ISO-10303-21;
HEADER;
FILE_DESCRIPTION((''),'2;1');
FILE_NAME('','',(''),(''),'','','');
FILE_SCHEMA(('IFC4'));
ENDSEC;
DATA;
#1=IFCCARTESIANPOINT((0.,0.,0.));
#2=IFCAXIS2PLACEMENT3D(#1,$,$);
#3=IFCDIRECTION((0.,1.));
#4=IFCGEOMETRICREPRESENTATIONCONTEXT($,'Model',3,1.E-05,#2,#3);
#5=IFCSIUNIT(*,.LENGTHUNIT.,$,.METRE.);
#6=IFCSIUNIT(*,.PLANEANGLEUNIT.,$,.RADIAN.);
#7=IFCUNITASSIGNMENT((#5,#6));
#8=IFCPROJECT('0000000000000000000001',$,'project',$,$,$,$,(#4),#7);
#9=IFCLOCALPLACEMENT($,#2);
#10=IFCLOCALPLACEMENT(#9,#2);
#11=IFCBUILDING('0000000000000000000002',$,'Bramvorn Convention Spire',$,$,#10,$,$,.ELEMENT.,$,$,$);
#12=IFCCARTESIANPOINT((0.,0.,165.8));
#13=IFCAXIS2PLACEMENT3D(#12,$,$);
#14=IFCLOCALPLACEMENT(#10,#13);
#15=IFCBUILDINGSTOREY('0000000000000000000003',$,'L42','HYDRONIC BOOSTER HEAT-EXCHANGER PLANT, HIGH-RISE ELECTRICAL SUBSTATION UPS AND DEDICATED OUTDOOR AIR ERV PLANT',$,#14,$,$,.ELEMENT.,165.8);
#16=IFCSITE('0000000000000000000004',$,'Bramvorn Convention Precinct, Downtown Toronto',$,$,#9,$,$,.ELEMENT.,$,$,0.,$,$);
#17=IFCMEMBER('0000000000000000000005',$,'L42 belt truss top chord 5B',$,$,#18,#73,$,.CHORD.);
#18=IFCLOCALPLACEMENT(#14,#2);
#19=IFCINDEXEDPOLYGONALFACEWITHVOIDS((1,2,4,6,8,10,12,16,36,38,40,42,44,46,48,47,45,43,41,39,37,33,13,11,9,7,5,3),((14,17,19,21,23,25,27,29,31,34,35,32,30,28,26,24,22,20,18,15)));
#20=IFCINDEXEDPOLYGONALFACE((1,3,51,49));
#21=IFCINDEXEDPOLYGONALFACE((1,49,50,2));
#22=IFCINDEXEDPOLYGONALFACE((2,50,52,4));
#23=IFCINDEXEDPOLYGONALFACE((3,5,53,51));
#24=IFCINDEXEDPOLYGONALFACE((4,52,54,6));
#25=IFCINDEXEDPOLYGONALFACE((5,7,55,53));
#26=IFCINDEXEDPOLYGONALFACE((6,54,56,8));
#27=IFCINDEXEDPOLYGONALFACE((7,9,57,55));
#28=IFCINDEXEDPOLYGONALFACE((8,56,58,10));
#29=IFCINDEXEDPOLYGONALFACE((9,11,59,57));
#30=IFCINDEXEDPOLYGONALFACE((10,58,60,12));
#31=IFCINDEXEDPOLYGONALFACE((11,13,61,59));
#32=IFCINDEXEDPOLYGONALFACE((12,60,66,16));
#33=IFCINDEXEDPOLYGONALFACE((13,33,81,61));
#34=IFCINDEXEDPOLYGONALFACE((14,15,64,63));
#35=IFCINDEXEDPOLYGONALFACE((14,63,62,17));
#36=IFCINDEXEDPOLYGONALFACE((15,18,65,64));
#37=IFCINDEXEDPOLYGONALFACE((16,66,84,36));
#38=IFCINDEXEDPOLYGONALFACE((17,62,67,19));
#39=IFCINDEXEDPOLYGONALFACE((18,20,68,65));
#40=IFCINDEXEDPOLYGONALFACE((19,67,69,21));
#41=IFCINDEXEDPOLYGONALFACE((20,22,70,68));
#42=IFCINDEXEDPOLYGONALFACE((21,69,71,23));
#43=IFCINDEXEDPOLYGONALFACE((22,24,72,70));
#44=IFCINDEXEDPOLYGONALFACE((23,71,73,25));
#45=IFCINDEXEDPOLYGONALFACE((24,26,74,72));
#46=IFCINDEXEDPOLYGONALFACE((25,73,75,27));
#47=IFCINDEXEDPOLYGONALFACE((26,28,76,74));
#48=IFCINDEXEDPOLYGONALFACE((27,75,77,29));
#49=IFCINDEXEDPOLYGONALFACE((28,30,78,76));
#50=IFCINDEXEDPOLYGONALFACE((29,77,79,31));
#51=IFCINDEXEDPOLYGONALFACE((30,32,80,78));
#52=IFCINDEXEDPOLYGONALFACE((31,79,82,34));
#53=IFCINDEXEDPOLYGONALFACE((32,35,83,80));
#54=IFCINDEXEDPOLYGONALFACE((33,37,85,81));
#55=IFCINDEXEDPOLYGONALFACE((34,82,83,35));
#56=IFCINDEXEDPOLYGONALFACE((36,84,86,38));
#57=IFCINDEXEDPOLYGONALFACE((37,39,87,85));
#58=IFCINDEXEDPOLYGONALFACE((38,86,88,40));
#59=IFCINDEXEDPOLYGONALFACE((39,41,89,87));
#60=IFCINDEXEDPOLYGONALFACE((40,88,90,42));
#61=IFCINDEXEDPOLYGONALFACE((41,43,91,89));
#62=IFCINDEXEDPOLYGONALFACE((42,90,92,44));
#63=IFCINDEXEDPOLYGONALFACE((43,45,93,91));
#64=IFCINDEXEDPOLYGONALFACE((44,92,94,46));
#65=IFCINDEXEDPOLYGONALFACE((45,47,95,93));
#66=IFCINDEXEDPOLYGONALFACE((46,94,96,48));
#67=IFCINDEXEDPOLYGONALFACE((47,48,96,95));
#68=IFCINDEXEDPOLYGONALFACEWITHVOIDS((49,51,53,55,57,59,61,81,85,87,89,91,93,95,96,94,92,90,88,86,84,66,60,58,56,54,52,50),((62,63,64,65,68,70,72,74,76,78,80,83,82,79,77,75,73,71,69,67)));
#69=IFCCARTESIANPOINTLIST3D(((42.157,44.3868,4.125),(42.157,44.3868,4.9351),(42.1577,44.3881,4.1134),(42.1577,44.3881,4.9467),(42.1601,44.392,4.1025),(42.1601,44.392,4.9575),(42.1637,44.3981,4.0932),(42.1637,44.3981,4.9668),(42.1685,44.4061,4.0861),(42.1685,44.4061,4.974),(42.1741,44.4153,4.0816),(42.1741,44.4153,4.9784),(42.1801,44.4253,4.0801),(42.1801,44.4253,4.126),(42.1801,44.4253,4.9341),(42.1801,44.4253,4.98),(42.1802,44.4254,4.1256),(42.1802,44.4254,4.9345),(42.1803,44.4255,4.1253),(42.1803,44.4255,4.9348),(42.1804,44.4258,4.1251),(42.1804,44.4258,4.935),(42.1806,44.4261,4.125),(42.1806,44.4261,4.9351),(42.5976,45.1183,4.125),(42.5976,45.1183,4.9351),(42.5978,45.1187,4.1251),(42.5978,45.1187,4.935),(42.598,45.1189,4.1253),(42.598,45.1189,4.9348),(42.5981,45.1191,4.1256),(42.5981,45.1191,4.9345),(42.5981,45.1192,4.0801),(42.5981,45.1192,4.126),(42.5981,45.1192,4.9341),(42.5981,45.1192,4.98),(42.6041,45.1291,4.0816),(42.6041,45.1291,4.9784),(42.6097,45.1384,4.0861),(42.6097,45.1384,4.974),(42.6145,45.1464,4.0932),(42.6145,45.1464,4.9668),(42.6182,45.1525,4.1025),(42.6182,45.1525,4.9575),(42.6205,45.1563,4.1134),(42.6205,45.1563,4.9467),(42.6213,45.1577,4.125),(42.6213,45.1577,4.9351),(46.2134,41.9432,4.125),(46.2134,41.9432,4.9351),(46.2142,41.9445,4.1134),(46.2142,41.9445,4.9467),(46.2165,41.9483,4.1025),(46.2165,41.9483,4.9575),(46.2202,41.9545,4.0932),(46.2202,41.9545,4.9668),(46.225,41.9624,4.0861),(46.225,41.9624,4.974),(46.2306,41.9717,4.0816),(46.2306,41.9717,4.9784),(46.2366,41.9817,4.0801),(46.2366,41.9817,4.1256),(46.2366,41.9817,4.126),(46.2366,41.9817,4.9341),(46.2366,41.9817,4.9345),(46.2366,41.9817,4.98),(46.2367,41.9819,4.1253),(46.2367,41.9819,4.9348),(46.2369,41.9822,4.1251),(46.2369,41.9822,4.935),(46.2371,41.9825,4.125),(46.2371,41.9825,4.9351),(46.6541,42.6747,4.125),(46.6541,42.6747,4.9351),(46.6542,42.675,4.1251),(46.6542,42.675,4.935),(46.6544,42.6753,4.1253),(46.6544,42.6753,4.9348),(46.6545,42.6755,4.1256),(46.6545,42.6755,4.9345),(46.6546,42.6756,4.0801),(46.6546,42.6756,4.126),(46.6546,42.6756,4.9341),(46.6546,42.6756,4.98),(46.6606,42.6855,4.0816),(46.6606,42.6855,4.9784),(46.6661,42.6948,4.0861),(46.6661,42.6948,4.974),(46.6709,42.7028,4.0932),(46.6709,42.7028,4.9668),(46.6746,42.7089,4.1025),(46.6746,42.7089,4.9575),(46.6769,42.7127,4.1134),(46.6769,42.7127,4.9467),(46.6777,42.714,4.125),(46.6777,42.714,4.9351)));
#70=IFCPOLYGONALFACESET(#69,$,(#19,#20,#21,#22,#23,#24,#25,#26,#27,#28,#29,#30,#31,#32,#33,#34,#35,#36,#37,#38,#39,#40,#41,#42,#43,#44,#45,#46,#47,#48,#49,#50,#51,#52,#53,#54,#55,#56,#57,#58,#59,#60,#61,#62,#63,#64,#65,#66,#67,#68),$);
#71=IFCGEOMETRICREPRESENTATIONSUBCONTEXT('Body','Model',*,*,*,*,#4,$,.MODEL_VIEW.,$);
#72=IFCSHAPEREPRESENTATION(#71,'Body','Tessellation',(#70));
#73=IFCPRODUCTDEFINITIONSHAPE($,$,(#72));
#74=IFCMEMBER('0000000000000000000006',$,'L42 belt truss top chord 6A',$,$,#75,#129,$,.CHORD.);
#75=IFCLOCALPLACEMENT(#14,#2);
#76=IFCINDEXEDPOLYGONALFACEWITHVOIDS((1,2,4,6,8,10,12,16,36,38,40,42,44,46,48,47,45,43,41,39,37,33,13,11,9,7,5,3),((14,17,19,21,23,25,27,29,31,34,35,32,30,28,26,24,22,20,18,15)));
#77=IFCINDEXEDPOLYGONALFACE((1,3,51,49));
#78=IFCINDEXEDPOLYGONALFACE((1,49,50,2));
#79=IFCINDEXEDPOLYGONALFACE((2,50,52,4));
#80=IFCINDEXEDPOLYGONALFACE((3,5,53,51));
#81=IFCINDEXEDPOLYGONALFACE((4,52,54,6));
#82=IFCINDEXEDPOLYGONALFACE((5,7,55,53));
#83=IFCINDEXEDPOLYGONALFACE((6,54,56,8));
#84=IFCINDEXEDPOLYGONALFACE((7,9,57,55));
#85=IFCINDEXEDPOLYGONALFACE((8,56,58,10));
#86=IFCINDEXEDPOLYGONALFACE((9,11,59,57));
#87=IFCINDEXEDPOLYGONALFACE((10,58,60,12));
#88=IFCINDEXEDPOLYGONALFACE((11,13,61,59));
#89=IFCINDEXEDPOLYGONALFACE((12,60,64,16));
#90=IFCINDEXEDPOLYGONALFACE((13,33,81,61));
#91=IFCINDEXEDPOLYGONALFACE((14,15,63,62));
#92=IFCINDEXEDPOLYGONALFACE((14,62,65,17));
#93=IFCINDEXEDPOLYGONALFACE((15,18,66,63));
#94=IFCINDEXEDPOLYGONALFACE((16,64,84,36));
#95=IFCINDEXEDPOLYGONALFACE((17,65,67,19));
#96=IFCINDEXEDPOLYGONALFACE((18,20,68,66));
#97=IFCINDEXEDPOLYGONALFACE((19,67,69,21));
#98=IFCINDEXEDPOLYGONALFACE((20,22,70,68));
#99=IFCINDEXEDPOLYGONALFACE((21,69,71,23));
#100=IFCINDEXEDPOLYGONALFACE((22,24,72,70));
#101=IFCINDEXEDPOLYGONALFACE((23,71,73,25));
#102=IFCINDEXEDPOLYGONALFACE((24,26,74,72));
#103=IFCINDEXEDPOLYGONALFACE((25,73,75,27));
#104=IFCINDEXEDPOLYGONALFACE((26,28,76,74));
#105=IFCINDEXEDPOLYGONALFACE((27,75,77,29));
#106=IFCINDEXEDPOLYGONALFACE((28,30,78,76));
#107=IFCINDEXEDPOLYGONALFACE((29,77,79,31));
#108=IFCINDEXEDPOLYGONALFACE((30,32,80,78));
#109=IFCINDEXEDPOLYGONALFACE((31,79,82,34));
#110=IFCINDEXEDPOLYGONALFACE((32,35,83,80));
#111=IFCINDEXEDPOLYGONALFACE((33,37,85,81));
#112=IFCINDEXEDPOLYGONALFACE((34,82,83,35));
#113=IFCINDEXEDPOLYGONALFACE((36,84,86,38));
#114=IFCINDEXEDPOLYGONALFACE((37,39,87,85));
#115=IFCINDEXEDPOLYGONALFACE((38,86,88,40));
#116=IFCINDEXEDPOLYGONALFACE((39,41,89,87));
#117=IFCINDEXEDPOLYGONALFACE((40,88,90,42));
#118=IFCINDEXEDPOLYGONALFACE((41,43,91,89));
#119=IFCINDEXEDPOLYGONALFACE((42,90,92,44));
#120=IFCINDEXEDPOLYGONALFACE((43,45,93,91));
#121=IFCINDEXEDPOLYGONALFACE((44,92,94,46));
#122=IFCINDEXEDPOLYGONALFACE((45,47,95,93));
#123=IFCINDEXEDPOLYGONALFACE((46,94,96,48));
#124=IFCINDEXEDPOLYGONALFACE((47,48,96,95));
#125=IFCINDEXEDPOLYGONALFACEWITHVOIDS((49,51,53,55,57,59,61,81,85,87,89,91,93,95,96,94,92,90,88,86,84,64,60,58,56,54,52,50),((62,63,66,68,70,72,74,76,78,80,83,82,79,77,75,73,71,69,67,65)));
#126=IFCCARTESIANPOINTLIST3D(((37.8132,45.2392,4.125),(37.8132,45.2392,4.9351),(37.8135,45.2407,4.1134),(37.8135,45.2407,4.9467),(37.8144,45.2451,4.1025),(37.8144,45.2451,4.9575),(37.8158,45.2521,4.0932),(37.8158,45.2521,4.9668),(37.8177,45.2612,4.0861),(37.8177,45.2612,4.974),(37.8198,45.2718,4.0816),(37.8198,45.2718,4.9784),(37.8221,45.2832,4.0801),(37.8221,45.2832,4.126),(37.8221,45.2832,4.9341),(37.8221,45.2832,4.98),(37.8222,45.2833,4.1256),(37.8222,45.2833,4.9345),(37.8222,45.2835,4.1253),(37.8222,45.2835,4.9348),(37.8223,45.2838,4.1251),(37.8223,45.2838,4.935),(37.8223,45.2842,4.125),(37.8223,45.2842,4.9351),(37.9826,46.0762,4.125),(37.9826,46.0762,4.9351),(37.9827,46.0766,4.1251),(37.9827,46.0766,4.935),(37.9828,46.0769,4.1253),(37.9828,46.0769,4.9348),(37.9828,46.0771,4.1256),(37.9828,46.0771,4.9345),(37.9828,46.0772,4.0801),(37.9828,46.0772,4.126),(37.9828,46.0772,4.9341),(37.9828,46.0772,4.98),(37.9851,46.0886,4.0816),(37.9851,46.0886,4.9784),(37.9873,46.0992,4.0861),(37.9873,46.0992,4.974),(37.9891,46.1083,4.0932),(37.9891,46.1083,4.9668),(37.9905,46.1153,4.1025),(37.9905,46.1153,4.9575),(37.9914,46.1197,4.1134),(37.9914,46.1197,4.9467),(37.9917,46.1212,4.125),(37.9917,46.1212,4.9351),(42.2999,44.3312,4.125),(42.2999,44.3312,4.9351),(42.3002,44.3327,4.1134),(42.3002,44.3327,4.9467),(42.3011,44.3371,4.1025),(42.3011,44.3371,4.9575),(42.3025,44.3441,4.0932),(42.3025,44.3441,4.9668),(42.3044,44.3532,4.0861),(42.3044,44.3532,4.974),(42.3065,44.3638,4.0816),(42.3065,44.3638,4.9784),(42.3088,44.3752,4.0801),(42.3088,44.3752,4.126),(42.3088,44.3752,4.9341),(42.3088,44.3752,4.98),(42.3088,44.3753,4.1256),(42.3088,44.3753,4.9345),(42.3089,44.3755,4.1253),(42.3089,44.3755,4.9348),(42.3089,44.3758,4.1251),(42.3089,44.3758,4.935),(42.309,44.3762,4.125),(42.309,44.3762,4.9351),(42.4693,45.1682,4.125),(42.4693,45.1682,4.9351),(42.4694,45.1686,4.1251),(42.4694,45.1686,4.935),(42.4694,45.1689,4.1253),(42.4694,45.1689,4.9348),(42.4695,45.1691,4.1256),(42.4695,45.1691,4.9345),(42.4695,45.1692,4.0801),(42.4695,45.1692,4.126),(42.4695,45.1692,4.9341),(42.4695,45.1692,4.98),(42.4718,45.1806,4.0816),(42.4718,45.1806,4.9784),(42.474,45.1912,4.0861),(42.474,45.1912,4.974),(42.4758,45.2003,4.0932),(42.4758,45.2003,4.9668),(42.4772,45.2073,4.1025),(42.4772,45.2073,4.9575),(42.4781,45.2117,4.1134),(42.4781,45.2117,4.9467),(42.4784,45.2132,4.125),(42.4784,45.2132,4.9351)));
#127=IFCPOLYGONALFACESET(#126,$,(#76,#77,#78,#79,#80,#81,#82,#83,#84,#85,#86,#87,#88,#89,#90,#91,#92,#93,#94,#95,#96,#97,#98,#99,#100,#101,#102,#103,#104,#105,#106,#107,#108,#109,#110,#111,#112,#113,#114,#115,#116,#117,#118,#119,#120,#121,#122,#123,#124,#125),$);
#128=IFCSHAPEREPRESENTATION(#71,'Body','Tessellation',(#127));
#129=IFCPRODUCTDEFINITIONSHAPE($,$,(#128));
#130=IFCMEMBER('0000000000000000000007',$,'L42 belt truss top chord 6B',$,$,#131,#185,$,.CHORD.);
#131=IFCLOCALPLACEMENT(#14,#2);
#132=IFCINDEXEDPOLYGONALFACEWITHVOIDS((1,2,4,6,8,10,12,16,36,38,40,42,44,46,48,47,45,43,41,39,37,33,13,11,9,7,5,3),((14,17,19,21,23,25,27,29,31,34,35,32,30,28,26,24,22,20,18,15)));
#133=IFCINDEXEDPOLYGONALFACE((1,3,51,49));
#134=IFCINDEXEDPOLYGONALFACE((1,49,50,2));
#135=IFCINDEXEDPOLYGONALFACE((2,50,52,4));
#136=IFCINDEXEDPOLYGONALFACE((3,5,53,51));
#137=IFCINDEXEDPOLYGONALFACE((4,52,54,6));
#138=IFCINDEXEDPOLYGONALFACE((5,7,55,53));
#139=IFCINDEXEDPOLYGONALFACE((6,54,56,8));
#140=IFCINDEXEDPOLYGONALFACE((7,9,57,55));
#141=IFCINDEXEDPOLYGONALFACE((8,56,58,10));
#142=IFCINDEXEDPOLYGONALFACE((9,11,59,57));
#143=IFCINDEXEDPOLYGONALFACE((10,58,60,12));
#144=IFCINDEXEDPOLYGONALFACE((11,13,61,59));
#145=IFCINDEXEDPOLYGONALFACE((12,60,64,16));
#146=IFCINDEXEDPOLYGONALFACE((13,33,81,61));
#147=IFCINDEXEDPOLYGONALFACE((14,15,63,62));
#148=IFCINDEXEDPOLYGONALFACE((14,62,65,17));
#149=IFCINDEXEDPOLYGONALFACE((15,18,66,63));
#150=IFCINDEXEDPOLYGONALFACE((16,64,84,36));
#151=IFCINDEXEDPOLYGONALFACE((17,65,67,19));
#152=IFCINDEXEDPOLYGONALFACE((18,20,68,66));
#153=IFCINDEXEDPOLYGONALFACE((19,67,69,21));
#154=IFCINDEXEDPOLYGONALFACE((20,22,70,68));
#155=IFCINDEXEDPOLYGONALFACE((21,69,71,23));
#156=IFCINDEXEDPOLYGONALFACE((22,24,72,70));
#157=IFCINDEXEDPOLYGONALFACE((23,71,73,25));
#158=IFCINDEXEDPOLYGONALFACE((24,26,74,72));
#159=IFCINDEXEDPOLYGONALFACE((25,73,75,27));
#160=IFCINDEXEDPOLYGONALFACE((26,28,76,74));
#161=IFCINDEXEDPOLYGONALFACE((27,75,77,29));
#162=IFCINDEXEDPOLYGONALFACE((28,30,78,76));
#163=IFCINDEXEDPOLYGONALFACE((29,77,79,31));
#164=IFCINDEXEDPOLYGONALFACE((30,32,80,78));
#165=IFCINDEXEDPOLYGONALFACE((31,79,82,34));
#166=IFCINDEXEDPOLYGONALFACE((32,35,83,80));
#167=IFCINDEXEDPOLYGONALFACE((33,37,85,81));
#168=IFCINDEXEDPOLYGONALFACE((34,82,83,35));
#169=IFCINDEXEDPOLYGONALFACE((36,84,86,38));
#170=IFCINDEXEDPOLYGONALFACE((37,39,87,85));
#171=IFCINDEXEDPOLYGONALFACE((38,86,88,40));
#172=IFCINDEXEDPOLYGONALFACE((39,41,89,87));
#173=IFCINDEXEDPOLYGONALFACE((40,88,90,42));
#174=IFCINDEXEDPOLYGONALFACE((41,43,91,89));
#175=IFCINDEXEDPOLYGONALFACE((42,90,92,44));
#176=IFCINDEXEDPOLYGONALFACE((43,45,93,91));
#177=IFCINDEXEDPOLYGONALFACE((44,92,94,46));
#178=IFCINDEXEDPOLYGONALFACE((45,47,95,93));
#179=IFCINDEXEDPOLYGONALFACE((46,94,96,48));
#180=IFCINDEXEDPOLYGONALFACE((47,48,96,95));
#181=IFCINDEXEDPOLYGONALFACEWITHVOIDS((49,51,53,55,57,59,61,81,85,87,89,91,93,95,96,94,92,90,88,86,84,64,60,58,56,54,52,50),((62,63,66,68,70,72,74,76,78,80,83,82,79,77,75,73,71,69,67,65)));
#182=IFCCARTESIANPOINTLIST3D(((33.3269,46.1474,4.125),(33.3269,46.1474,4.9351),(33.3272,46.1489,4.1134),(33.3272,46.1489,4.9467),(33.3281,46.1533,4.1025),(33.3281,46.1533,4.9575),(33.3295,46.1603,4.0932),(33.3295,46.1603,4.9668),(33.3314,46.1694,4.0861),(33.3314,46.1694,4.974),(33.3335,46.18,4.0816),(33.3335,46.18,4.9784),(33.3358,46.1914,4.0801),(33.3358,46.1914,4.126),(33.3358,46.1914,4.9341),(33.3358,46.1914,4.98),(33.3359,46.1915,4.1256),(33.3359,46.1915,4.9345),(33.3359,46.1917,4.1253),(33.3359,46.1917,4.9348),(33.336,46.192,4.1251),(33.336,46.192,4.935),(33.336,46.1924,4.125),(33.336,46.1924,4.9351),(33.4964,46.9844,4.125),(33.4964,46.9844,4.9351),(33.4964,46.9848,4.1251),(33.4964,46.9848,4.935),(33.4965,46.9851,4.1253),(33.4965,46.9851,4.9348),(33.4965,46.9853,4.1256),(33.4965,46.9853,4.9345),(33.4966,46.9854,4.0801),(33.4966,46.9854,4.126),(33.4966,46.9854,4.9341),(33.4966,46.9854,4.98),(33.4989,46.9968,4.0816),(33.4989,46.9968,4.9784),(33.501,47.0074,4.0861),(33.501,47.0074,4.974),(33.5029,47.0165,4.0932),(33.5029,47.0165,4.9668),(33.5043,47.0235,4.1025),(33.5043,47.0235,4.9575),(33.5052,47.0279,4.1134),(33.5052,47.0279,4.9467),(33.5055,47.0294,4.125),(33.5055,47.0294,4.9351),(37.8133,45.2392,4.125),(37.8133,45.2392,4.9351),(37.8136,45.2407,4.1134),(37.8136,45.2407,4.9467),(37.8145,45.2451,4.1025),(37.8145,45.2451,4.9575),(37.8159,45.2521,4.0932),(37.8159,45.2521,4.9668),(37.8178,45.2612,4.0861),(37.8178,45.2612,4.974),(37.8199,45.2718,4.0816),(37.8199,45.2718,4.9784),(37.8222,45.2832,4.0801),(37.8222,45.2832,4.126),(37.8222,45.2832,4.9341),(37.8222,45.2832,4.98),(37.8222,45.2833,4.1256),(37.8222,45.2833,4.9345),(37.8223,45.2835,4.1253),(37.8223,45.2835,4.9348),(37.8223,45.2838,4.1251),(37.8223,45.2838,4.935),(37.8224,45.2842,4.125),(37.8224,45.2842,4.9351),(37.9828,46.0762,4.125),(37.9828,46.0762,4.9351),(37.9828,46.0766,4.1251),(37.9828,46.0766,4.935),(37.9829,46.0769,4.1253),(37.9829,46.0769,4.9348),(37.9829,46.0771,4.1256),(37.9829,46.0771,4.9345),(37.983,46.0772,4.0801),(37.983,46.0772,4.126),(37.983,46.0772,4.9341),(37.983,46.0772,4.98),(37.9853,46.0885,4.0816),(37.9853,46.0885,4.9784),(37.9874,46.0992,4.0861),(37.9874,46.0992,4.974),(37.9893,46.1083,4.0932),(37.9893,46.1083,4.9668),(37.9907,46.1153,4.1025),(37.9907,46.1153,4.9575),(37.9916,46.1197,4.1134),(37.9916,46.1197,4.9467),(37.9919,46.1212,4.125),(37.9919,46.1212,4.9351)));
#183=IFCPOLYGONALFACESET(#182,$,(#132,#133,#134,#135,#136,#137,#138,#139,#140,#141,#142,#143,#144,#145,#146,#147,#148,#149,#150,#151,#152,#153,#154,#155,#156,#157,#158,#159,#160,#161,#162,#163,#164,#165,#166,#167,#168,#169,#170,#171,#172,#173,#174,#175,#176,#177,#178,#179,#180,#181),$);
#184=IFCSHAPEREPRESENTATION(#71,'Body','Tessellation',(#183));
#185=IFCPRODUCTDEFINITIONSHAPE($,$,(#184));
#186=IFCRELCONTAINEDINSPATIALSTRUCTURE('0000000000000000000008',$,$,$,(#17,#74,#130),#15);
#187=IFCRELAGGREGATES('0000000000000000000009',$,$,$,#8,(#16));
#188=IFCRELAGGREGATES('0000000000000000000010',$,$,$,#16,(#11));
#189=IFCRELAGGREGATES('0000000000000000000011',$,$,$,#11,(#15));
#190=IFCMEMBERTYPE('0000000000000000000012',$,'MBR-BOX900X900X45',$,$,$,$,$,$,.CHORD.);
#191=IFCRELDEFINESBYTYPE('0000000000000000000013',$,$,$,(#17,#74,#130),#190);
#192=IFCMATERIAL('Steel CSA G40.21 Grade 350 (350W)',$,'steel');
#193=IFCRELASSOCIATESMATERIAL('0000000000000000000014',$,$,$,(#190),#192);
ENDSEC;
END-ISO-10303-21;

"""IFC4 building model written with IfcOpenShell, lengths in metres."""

from ifc_helpers import new_model, si_unit, direction, frame, origin, origin_2d, place, context, subcontext, project, spatial, hollow_rectangle, extrude, material, material_profile, profile_set, type_object, element, save


model = new_model("IFC4")

# Units and contexts
model_context = context("Model", 3, precision=1e-05, world=origin(), true_north=direction((0.0, 1.0)))
body_context = subcontext(model_context, "Body", "Model", "MODEL_VIEW")
ifc_project = project(units=[si_unit("LENGTHUNIT", "METRE"), si_unit("PLANEANGLEUNIT", "RADIAN")], contexts=[model_context])

# Site, building, storey
site_placement = place(None, origin())
site = spatial("IfcSite", under=ifc_project, at=site_placement, Name="Bramvorn Convention Precinct, Downtown Toronto", CompositionType="ELEMENT", RefElevation=0.0)
building_placement = place(site_placement, origin())
building = spatial("IfcBuilding", under=site, at=building_placement, Name="Bramvorn Convention Spire", CompositionType="ELEMENT")
storey_placement = place(building_placement, frame((0.0, 0.0, 165.8)))
storey = spatial("IfcBuildingStorey", under=building, at=storey_placement, Name="L42", Description="HYDRONIC BOOSTER HEAT-EXCHANGER PLANT, HIGH-RISE ELECTRICAL SUBSTATION UPS AND DEDICATED OUTDOOR AIR ERV PLANT", CompositionType="ELEMENT", Elevation=165.8)

# Shared definitions
ifc_material_1 = material(Name="Steel CSA G40.21 Grade 350 (350W)", Category="steel")

# Members
ifc_material_profile_1 = material_profile(ifc_material_1, hollow_rectangle(XDim=0.8999, YDim=0.8999, WallThickness=0.0449, InnerFilletRadius=0.001, OuterFilletRadius=0.0449, at=origin_2d()))
ifc_profile_set_1 = profile_set([ifc_material_profile_1], Name="Steel CSA G40.21 Grade 350 (350W) - BOX900X900X45")
member_type_1 = type_object("IfcMemberType", Name="MBR-BOX900X900X45", PredefinedType="CHORD", material=ifc_profile_set_1)
member_1_placement = place(storey_placement, frame((46.4456, 42.3286, 4.53), z_axis=(-0.856582, 0.516011, 0.0), x_axis=(-0.516011, -0.856582, 0.0)))
element("IfcMember", 1, at=member_1_placement, inside=storey, type_object=member_type_1, Name="L42 belt truss top chord 5B", PredefinedType="CHORD", context=body_context, shape_type="SweptSolid", body=[
    extrude(hollow_rectangle(XDim=0.8999, YDim=0.8999, WallThickness=0.0449, InnerFilletRadius=0.001, OuterFilletRadius=0.0449, at=origin_2d()), origin(), (0.0, 0.0, 1.0), 4.7356),
])
member_2_placement = place(storey_placement, frame((42.3892, 44.7722, 4.53), z_axis=(-0.980131, 0.198352, 0.0), x_axis=(-0.198352, -0.980131, 0.0)))
element("IfcMember", 2, at=member_2_placement, inside=storey, type_object=member_type_1, Name="L42 belt truss top chord 6A", PredefinedType="CHORD", context=body_context, shape_type="SweptSolid", body=[
    extrude(hollow_rectangle(XDim=0.8999, YDim=0.8999, WallThickness=0.0449, InnerFilletRadius=0.001, OuterFilletRadius=0.0449, at=origin_2d()), origin(), (0.0, 0.0, 1.0), 4.5776),
])
member_3_placement = place(storey_placement, frame((37.9026, 45.6802, 4.53), z_axis=(-0.980118, 0.198413, 0.0), x_axis=(-0.198413, -0.980118, 0.0)))
element("IfcMember", 3, at=member_3_placement, inside=storey, type_object=member_type_1, Name="L42 belt truss top chord 6B", PredefinedType="CHORD", context=body_context, shape_type="SweptSolid", body=[
    extrude(hollow_rectangle(XDim=0.8999, YDim=0.8999, WallThickness=0.0449, InnerFilletRadius=0.001, OuterFilletRadius=0.0449, at=origin_2d()), origin(), (0.0, 0.0, 1.0), 4.5774),
])

save(model, "model.ifc")
